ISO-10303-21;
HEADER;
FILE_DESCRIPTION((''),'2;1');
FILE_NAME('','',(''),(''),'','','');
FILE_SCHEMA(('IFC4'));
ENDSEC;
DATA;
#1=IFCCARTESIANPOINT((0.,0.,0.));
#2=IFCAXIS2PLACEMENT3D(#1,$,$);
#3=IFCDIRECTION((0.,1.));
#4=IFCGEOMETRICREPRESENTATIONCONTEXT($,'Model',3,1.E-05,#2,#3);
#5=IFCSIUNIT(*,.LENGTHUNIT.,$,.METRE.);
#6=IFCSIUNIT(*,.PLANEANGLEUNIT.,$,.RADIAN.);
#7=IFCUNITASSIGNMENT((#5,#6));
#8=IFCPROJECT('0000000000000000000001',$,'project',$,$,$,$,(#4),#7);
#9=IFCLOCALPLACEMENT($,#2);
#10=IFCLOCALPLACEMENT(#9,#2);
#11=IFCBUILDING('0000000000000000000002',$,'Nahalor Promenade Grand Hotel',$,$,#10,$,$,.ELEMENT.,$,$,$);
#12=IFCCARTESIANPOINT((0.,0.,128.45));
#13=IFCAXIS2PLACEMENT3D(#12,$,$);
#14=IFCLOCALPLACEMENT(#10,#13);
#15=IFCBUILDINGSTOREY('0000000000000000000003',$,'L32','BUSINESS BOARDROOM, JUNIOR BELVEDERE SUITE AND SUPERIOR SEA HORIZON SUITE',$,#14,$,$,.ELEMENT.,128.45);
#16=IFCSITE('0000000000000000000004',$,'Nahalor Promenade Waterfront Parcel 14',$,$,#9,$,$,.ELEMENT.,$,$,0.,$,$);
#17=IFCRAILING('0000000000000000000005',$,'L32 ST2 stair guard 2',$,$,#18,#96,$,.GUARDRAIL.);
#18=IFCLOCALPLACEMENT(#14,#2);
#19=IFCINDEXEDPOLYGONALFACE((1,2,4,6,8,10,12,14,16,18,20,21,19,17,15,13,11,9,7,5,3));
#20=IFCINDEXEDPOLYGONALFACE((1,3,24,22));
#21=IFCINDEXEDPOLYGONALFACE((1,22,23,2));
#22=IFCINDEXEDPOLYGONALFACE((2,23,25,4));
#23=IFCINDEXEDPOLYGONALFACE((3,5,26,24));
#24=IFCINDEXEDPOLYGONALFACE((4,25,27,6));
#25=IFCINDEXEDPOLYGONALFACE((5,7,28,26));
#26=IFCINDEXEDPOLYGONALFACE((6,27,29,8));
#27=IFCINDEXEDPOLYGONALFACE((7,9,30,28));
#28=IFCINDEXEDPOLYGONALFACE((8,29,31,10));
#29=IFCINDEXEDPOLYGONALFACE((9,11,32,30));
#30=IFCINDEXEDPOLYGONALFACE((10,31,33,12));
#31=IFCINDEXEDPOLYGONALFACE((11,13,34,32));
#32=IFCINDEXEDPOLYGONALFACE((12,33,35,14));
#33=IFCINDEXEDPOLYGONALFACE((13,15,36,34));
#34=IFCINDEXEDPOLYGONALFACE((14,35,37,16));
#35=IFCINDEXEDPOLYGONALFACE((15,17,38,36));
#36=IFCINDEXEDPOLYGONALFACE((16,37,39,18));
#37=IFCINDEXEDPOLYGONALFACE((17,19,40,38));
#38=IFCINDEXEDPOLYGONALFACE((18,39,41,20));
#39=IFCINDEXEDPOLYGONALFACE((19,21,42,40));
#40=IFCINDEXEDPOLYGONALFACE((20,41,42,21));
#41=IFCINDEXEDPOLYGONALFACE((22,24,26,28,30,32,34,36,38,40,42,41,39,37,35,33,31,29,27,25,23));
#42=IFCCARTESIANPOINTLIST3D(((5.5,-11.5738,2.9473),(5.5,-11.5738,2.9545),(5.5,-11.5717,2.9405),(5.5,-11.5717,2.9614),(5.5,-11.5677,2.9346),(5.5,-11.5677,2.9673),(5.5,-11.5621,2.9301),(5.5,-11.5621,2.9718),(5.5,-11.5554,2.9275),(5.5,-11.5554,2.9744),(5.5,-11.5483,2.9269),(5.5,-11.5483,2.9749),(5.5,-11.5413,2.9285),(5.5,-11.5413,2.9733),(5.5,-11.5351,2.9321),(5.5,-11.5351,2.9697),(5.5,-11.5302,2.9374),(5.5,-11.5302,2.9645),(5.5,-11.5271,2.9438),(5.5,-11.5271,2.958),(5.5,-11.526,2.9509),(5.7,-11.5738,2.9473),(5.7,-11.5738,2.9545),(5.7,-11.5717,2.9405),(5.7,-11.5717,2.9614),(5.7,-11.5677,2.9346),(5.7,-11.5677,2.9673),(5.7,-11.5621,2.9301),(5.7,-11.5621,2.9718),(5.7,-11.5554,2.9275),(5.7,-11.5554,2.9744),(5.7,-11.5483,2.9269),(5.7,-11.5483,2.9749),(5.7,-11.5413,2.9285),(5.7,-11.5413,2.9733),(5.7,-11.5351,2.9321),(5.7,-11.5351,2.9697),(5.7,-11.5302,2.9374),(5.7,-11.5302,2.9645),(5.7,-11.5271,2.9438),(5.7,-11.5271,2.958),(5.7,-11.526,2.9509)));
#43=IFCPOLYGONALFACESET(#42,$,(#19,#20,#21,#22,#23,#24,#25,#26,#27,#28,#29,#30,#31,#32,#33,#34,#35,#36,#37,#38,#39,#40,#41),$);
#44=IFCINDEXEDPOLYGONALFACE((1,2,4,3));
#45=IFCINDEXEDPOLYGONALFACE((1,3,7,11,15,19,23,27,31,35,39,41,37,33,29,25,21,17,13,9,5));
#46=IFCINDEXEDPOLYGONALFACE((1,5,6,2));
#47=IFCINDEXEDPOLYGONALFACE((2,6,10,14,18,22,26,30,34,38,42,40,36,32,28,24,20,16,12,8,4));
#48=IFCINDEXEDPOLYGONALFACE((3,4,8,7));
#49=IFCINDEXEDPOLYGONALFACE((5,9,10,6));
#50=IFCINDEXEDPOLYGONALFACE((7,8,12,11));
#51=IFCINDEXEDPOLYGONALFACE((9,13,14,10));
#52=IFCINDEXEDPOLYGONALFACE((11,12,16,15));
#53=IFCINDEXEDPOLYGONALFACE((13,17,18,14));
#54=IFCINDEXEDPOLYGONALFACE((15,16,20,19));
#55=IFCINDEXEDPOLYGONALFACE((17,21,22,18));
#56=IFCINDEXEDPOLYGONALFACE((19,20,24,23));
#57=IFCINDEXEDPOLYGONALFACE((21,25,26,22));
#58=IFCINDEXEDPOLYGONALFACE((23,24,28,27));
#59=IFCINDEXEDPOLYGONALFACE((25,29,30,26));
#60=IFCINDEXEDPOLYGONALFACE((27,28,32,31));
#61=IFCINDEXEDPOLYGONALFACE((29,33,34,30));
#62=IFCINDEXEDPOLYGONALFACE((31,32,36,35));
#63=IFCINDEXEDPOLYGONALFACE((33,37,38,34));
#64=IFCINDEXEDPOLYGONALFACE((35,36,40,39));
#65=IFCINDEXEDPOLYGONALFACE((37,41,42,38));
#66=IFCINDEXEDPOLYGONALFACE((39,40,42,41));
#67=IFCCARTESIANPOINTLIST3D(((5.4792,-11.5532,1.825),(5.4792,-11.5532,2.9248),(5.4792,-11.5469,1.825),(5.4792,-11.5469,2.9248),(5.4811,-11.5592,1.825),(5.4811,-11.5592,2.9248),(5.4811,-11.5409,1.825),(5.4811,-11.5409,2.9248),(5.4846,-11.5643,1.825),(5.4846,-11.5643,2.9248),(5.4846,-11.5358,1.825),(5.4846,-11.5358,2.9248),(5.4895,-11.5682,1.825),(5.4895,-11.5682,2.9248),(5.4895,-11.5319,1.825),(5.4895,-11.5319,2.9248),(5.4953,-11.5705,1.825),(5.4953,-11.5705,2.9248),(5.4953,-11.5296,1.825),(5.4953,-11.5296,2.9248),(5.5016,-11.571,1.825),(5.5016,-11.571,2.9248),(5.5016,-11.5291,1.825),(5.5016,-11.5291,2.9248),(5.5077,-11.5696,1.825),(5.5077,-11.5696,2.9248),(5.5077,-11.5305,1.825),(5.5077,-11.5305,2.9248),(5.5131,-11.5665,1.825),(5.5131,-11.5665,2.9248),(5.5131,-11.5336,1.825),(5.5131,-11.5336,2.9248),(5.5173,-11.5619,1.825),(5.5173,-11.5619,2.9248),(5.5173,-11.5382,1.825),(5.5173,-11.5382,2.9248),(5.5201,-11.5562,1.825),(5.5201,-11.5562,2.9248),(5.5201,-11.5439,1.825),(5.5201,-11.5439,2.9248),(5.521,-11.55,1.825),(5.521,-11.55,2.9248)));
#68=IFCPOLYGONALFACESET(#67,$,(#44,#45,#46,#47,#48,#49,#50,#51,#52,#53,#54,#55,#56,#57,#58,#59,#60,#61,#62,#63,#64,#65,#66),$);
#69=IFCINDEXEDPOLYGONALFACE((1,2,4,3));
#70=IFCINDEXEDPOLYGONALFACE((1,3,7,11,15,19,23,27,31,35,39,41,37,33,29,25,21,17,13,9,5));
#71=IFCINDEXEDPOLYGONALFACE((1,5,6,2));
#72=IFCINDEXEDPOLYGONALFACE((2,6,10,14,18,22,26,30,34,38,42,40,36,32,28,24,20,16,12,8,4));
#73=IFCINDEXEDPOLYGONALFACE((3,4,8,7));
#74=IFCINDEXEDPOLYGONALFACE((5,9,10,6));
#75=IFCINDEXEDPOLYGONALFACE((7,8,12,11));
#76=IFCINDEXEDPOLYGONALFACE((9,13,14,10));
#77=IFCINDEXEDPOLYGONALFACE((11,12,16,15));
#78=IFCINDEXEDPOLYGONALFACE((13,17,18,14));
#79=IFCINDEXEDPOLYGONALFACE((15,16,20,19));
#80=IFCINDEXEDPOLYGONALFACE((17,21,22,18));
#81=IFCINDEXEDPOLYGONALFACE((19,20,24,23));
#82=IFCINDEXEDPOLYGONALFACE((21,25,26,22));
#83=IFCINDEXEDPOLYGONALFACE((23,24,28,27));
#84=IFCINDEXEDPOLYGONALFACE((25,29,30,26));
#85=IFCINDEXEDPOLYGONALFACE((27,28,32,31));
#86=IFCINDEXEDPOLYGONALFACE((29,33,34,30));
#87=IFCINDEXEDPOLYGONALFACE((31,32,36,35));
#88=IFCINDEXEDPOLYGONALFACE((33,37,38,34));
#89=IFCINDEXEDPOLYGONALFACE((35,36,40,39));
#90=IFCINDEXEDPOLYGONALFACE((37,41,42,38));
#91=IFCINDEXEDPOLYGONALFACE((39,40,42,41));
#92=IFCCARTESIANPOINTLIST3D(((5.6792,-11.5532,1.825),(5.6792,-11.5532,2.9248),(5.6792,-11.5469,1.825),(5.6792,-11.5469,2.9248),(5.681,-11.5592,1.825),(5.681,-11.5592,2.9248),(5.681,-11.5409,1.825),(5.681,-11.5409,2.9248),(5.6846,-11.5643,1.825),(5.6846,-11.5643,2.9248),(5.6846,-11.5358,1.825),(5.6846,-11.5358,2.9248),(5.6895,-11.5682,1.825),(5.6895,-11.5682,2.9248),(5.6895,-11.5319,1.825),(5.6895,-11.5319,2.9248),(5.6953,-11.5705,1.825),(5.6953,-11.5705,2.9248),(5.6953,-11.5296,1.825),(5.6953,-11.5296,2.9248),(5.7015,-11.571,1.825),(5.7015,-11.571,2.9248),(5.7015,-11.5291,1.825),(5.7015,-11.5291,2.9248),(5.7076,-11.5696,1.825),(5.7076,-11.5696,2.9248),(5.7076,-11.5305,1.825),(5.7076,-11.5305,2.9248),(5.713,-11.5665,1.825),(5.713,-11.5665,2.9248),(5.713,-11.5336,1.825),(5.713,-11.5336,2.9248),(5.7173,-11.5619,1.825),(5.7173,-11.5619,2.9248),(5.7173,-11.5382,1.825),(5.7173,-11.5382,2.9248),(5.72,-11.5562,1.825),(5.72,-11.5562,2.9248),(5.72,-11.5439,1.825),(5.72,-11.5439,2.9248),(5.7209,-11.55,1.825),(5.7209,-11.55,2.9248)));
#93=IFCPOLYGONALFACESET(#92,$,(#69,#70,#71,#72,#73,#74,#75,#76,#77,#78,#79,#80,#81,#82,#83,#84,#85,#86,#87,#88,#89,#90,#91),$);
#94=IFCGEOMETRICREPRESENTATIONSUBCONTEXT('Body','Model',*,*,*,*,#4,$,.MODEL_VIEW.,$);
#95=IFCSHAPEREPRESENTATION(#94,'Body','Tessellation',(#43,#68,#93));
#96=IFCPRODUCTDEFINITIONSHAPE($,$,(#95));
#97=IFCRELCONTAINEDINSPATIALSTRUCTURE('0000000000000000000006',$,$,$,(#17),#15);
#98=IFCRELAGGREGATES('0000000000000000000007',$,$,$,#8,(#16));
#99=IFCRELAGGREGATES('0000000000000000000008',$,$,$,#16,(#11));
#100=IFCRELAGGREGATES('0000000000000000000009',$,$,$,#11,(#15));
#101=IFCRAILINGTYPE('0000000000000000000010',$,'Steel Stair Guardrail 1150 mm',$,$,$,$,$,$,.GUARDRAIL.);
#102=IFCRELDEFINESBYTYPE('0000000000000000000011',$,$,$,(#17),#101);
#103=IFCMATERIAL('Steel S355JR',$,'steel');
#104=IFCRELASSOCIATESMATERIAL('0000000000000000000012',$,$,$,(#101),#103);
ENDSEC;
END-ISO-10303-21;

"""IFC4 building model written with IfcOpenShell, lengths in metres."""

from ifc_helpers import new_model, si_unit, direction, frame, origin, origin_2d, place, context, subcontext, project, spatial, circle, extrude, material, type_object, element, save


model = new_model("IFC4")

# Units and contexts
model_context = context("Model", 3, precision=1e-05, world=origin(), true_north=direction((0.0, 1.0)))
body_context = subcontext(model_context, "Body", "Model", "MODEL_VIEW")
ifc_project = project(units=[si_unit("LENGTHUNIT", "METRE"), si_unit("PLANEANGLEUNIT", "RADIAN")], contexts=[model_context])

# Site, building, storey
site_placement = place(None, origin())
site = spatial("IfcSite", under=ifc_project, at=site_placement, Name="Nahalor Promenade Waterfront Parcel 14", CompositionType="ELEMENT", RefElevation=0.0)
building_placement = place(site_placement, origin())
building = spatial("IfcBuilding", under=site, at=building_placement, Name="Nahalor Promenade Grand Hotel", CompositionType="ELEMENT")
storey_placement = place(building_placement, frame((0.0, 0.0, 128.45)))
storey = spatial("IfcBuildingStorey", under=building, at=storey_placement, Name="L32", Description="BUSINESS BOARDROOM, JUNIOR BELVEDERE SUITE AND SUPERIOR SEA HORIZON SUITE", CompositionType="ELEMENT", Elevation=128.45)

# Shared definitions
ifc_material_1 = material(Name="Steel S355JR", Category="steel")

# Railing
railing_type_1 = type_object("IfcRailingType", Name="Steel Stair Guardrail 1150 mm", PredefinedType="GUARDRAIL", material=ifc_material_1)
railing_1_placement = place(storey_placement, frame((5.5, -11.55, 1.825)))
element("IfcRailing", 1, at=railing_1_placement, inside=storey, type_object=railing_type_1, Name="L32 ST2 stair guard 2", PredefinedType="GUARDRAIL", context=body_context, shape_type="SweptSolid", body=[
    extrude(circle(Radius=0.024, at=origin_2d()), frame((0.0, 0.0, 1.126), z_axis=(1.0, 0.0, 0.0), x_axis=(0.0, 1.0, 0.0)), (0.0, 0.0, 1.0), 0.2),
    extrude(circle(Radius=0.021, at=origin_2d()), origin(), (0.0, 0.0, 1.0), 1.0999),
    extrude(circle(Radius=0.021, at=origin_2d()), frame((0.2, 0.0, 0.0)), (0.0, 0.0, 1.0), 1.0999),
])

save(model, "model.ifc")
